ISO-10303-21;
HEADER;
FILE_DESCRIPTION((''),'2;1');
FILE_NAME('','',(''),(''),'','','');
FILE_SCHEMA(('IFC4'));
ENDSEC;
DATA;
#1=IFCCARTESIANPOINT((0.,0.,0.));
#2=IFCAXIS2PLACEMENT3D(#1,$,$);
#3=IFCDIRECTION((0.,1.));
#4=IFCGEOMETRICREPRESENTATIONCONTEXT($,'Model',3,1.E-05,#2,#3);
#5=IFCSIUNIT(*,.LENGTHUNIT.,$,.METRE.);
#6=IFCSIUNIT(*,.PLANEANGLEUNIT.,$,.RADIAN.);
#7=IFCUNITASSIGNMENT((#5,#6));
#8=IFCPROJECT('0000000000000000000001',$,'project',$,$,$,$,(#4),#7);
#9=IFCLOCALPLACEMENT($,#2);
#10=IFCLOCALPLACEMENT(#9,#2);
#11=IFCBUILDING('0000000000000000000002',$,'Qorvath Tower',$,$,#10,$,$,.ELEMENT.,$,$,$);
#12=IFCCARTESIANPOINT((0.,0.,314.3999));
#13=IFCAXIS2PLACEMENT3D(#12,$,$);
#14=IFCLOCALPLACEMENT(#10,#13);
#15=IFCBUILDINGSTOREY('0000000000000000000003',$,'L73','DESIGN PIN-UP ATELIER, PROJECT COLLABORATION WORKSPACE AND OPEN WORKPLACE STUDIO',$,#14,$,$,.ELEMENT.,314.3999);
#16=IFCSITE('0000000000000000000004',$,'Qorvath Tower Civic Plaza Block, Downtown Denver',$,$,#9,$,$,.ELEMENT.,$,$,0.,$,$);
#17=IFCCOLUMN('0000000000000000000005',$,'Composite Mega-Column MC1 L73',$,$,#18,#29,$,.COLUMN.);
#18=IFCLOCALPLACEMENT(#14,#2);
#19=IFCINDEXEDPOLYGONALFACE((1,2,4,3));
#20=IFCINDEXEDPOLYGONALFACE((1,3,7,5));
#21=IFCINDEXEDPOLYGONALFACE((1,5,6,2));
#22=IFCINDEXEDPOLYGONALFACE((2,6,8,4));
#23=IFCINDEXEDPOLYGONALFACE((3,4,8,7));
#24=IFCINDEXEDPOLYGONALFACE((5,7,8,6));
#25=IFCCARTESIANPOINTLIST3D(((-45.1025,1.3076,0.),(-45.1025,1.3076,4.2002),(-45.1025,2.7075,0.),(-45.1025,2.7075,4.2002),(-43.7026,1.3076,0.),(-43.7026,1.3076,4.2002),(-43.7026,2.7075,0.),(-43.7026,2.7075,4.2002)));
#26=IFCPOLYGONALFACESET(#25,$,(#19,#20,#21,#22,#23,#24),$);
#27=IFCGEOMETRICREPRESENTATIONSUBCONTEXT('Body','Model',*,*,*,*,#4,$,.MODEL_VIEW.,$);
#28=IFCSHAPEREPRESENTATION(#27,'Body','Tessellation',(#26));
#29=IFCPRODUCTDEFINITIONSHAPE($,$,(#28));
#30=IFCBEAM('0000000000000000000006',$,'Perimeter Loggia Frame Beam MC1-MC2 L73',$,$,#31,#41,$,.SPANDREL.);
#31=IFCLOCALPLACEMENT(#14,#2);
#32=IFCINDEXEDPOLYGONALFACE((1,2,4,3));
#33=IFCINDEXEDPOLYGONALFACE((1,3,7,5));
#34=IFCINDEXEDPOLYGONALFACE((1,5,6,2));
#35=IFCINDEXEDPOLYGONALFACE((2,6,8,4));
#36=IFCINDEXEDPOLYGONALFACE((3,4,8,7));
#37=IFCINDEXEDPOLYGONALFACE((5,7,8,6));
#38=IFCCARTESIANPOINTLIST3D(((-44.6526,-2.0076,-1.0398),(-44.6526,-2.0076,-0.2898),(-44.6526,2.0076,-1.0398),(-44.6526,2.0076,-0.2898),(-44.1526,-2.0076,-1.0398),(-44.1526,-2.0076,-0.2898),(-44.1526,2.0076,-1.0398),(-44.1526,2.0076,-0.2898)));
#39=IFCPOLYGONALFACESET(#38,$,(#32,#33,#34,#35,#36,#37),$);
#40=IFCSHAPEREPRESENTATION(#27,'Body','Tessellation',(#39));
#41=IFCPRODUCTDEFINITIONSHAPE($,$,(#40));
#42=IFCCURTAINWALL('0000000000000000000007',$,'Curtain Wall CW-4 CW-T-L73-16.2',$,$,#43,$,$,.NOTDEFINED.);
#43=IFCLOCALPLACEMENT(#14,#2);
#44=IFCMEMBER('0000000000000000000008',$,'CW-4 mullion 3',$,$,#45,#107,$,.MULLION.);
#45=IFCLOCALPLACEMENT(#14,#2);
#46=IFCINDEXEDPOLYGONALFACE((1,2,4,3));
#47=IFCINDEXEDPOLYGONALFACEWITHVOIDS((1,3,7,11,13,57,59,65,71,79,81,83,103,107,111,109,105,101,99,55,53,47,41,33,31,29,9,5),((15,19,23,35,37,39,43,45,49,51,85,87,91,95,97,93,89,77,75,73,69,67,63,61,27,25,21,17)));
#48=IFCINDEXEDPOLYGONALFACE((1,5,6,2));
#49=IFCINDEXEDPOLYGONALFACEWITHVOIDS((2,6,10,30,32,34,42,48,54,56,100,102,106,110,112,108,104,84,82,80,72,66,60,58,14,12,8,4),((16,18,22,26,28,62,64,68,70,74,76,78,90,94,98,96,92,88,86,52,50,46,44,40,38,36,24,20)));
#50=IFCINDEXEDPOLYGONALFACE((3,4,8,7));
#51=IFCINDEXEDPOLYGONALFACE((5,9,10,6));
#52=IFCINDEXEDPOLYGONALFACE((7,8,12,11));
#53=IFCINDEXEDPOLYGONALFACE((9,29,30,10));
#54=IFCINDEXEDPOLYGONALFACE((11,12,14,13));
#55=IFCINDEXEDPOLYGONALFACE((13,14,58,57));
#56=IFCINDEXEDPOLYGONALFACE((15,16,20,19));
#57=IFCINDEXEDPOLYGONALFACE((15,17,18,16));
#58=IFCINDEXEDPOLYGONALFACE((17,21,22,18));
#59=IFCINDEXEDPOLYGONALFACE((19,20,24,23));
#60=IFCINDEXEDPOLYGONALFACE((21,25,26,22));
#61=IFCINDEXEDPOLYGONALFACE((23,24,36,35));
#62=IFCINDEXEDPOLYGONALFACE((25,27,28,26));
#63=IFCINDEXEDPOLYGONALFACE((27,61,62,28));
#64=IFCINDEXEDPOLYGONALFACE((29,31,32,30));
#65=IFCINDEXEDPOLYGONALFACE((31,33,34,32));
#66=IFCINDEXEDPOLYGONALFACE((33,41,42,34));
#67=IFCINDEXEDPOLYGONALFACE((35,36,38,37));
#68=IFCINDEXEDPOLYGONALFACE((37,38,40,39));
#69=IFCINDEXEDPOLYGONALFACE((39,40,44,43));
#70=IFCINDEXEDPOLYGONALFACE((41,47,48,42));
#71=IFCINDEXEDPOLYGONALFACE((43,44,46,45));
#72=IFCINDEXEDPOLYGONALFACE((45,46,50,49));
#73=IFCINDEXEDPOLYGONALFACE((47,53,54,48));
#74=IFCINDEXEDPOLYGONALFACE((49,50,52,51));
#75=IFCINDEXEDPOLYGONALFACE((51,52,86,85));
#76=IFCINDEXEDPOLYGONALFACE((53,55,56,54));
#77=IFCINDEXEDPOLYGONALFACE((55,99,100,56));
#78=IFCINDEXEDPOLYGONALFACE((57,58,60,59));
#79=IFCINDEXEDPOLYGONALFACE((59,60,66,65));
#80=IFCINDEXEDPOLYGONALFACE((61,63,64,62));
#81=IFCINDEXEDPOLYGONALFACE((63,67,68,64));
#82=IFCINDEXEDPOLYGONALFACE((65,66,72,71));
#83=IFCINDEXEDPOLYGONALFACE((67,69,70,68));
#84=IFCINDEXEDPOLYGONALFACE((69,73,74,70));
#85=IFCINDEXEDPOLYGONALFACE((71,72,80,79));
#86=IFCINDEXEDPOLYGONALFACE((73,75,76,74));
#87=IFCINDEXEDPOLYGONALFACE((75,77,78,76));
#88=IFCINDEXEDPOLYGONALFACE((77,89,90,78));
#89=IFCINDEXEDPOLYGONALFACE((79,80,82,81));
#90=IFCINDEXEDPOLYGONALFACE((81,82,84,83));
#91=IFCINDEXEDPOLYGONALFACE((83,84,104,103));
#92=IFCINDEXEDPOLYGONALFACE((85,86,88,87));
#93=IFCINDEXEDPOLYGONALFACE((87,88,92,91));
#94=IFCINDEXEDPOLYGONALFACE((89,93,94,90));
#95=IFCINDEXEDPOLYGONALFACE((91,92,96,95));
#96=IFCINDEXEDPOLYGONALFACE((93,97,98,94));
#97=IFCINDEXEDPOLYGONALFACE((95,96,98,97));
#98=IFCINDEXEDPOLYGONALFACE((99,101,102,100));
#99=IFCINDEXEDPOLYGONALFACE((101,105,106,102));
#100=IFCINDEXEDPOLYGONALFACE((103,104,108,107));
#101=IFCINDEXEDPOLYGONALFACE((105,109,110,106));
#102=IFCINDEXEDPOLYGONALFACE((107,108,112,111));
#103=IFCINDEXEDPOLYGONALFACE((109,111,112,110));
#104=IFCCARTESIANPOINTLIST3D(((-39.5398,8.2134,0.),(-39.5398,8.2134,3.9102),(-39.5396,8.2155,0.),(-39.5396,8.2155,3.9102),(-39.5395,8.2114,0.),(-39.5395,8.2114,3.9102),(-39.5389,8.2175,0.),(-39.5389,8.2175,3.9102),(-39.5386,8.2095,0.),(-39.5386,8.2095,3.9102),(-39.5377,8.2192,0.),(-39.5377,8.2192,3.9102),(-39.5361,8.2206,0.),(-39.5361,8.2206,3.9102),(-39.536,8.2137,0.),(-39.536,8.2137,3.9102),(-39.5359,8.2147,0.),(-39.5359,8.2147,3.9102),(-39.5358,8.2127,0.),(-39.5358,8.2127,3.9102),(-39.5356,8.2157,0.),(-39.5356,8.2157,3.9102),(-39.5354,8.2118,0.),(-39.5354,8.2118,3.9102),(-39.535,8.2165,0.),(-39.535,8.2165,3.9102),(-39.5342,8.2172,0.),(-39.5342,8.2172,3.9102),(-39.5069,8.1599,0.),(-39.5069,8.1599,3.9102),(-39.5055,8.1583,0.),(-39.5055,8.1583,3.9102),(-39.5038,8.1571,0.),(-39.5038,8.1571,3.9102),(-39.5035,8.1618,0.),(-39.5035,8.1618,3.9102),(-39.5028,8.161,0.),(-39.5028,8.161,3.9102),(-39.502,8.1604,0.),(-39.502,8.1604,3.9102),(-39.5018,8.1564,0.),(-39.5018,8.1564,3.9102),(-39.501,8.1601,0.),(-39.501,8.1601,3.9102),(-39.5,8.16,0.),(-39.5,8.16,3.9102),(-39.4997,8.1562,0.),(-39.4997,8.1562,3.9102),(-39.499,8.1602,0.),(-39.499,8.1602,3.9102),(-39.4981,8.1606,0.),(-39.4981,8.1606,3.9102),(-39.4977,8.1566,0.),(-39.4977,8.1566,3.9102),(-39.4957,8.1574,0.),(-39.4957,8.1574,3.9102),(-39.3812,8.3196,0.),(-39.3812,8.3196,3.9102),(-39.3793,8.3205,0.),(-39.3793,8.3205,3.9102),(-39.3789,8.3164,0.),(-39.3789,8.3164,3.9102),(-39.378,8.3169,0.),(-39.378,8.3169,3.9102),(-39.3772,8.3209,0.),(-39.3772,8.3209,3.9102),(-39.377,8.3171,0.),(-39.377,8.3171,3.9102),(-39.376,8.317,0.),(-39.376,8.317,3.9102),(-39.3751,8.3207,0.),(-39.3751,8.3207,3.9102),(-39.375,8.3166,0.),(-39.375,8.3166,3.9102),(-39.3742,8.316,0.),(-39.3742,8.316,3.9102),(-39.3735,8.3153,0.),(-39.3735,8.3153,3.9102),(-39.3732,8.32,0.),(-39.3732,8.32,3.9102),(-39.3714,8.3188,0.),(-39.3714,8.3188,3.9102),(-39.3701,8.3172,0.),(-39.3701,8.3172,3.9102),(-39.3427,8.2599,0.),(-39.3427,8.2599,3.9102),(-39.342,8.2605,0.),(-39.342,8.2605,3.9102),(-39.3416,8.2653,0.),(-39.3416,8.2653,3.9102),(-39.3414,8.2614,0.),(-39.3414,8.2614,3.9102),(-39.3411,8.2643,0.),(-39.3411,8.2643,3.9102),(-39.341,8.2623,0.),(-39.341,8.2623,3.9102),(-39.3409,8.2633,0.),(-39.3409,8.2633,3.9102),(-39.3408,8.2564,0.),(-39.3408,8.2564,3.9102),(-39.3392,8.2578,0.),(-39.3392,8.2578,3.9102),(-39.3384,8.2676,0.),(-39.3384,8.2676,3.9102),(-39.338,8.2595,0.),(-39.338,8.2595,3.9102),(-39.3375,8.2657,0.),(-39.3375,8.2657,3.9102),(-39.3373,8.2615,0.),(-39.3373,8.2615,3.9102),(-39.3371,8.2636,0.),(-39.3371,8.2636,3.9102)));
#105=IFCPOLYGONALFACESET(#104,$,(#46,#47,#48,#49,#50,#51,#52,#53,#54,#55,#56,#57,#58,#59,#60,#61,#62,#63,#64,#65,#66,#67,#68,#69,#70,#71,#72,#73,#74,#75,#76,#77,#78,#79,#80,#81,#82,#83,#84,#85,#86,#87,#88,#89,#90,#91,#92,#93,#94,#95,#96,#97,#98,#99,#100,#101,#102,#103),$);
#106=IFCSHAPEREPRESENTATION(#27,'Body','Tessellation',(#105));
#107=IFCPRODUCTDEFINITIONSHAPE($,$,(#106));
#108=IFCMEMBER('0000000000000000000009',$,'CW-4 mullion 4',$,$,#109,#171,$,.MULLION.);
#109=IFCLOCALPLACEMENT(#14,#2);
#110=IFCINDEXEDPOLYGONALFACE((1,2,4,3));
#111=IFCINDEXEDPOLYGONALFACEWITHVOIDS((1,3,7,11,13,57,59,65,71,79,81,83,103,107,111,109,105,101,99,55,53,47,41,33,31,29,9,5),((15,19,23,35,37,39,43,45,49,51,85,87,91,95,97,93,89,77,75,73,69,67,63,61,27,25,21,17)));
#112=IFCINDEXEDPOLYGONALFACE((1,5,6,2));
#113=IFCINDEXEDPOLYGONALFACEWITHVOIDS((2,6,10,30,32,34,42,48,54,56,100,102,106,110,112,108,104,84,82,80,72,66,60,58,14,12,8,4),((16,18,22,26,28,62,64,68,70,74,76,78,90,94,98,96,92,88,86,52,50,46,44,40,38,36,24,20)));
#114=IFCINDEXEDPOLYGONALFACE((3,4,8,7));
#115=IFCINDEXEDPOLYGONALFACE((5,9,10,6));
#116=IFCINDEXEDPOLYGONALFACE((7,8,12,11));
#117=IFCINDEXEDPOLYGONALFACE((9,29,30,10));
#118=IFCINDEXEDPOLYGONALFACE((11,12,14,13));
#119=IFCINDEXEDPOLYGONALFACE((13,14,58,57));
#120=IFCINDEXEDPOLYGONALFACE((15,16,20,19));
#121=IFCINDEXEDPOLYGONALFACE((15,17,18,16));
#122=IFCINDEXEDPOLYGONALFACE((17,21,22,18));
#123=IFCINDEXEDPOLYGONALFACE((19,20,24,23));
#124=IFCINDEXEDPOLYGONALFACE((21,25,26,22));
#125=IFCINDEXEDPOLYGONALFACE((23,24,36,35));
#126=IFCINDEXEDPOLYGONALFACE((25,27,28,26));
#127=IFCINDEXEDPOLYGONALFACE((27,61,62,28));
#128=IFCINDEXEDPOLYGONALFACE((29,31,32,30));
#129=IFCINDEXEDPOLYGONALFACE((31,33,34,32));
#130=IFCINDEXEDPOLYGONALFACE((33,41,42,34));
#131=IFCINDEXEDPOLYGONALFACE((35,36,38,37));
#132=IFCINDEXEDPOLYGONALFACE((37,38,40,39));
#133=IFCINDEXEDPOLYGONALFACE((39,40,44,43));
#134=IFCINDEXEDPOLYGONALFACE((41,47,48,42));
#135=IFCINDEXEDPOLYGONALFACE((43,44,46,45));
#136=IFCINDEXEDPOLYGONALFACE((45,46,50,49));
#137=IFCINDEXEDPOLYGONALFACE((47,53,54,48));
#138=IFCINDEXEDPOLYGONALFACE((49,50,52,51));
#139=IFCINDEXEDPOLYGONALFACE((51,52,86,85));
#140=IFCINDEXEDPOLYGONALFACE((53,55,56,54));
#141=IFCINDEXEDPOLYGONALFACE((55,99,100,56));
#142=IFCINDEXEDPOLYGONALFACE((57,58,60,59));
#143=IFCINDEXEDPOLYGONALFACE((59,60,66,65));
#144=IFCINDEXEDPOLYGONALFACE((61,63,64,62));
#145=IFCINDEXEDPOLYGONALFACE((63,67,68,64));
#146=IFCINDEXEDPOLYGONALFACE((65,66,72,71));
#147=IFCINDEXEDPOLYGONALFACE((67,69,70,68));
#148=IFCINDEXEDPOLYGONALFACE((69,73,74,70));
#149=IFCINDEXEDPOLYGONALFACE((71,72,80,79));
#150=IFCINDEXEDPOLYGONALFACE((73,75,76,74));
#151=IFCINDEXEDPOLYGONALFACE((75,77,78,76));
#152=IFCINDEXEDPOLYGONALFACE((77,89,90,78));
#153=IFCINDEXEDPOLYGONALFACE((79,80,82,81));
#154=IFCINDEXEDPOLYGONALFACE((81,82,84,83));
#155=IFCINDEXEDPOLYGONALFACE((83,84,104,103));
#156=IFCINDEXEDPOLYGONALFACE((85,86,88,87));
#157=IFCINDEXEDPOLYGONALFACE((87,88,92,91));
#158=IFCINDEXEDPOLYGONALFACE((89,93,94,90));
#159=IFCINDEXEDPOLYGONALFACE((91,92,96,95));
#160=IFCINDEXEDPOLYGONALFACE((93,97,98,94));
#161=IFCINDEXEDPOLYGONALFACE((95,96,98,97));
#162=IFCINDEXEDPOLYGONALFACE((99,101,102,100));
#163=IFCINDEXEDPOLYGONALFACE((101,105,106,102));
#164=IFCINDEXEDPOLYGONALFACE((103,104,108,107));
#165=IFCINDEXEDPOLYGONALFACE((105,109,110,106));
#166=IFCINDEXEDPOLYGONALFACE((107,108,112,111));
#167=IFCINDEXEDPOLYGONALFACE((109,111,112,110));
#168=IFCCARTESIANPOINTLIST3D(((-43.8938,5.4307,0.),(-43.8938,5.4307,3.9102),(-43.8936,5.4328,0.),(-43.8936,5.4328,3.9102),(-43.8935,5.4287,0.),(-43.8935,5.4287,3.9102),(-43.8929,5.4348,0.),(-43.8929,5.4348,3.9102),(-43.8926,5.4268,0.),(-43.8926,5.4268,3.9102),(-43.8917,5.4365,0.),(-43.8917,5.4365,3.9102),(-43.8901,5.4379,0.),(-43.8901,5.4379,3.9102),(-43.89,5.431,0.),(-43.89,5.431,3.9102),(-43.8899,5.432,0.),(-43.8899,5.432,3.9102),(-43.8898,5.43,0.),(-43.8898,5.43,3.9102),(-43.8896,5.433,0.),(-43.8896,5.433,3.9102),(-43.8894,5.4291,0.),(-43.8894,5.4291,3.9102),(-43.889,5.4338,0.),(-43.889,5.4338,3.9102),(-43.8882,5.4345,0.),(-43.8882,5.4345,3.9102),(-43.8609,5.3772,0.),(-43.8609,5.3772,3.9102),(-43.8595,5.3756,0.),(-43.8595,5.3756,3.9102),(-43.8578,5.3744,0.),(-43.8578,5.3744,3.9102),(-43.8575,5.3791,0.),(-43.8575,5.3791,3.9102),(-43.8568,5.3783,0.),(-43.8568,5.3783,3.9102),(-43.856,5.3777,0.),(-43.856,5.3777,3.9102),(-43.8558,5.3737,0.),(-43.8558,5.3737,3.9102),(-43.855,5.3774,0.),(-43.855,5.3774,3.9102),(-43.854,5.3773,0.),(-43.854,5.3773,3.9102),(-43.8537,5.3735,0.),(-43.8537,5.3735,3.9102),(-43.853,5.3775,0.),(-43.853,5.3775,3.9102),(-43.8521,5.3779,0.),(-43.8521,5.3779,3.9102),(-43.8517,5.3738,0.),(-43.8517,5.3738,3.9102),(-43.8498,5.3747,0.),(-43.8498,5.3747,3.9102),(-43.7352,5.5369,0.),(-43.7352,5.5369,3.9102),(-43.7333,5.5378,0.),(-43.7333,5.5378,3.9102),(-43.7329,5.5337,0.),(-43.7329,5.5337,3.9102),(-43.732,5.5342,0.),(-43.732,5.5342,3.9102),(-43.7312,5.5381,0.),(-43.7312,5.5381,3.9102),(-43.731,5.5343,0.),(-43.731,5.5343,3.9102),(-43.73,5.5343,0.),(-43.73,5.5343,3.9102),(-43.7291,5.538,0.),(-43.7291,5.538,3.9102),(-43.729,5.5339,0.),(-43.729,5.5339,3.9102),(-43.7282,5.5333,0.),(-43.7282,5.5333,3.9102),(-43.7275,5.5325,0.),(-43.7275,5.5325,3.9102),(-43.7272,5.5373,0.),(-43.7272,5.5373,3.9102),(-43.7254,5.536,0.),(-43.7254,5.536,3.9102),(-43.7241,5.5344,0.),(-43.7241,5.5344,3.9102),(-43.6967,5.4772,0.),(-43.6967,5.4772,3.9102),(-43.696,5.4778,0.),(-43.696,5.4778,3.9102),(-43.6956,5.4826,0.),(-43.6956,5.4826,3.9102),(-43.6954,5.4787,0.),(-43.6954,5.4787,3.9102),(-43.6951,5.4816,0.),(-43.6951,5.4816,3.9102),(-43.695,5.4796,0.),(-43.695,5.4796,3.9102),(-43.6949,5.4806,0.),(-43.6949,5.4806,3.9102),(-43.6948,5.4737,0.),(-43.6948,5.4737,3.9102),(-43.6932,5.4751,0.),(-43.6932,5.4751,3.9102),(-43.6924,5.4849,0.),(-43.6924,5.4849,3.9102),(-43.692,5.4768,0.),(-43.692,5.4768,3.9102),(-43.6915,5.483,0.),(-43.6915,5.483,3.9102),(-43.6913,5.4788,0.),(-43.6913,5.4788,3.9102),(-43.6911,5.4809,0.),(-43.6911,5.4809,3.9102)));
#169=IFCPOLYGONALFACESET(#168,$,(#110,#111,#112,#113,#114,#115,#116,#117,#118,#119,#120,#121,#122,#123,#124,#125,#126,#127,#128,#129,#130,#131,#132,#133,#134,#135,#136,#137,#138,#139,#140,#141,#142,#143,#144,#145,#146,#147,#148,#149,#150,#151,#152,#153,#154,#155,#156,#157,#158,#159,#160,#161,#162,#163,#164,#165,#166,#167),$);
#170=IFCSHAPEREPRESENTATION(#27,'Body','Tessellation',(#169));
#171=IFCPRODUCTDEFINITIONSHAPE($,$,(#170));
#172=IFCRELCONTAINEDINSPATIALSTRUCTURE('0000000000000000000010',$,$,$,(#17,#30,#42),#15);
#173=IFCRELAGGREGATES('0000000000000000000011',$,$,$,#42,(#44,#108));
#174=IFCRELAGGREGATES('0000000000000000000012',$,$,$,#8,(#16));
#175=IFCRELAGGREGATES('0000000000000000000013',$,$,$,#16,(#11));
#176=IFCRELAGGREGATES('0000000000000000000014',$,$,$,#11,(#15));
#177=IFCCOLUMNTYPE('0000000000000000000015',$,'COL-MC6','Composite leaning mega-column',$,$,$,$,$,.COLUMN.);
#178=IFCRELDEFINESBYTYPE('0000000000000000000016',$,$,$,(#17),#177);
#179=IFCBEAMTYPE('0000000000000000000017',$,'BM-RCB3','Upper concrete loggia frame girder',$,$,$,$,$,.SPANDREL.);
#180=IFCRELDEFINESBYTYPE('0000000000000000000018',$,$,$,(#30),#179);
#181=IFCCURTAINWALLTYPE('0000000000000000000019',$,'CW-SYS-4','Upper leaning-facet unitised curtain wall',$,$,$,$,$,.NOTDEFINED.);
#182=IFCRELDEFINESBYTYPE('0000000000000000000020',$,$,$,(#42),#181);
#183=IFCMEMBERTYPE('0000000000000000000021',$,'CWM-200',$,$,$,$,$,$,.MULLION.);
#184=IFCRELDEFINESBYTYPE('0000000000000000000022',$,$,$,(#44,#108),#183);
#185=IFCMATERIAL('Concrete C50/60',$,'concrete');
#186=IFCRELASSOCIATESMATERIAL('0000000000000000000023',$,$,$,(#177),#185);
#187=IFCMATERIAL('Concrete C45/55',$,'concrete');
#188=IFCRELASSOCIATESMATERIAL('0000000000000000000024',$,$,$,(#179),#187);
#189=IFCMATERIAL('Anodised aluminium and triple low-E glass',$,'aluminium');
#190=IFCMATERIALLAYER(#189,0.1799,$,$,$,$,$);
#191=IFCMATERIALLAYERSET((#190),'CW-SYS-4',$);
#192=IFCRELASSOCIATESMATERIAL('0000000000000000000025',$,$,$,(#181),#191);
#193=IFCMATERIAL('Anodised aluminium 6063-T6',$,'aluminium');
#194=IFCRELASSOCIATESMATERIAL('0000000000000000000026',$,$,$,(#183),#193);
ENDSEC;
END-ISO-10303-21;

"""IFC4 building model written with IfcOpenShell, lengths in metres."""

from ifc_helpers import new_model, si_unit, direction, frame, origin, origin_2d, place, context, subcontext, project, spatial, rectangle, hollow_rectangle, extrude, material, layer, layer_set, material_profile, profile_set, type_object, element, aggregate, save


model = new_model("IFC4")

# Units and contexts
model_context = context("Model", 3, precision=1e-05, world=origin(), true_north=direction((0.0, 1.0)))
body_context = subcontext(model_context, "Body", "Model", "MODEL_VIEW")
ifc_project = project(units=[si_unit("LENGTHUNIT", "METRE"), si_unit("PLANEANGLEUNIT", "RADIAN")], contexts=[model_context])

# Site, building, storey
site_placement = place(None, origin())
site = spatial("IfcSite", under=ifc_project, at=site_placement, Name="Qorvath Tower Civic Plaza Block, Downtown Denver", CompositionType="ELEMENT", RefElevation=0.0)
building_placement = place(site_placement, origin())
building = spatial("IfcBuilding", under=site, at=building_placement, Name="Qorvath Tower", CompositionType="ELEMENT")
storey_placement = place(building_placement, frame((0.0, 0.0, 314.3999)))
storey = spatial("IfcBuildingStorey", under=building, at=storey_placement, Name="L73", Description="DESIGN PIN-UP ATELIER, PROJECT COLLABORATION WORKSPACE AND OPEN WORKPLACE STUDIO", CompositionType="ELEMENT", Elevation=314.3999)

# Column
ifc_material_1 = material(Name="Concrete C50/60", Category="concrete")
ifc_material_profile_1 = material_profile(ifc_material_1, rectangle(XDim=1.3999, YDim=1.3999, at=origin_2d()), Name="MC 1400x1400")
ifc_profile_set_1 = profile_set([ifc_material_profile_1], Name="Concrete C50/60")
column_type = type_object("IfcColumnType", Name="COL-MC6", Description="Composite leaning mega-column", PredefinedType="COLUMN", material=ifc_profile_set_1)
column_placement = place(storey_placement, frame((-44.4026, 2.0076, 0.0), z_axis=(0.0, 0.0, 1.0), x_axis=(1.0, 0.0, 0.0)))
element("IfcColumn", 1, at=column_placement, inside=storey, type_object=column_type, Name="Composite Mega-Column MC1 L73", PredefinedType="COLUMN", context=body_context, shape_type="SweptSolid", body=[
    extrude(rectangle(XDim=1.3999, YDim=1.3999, at=origin_2d()), origin(), (0.0, 0.0, 1.0), 4.2002),
])

# Beam
ifc_material_2 = material(Name="Concrete C45/55", Category="concrete")
ifc_material_profile_2 = material_profile(ifc_material_2, rectangle(XDim=0.5, YDim=0.75, at=origin_2d()), Name="RCB 750x500")
ifc_profile_set_2 = profile_set([ifc_material_profile_2], Name="Concrete C45/55")
beam_type = type_object("IfcBeamType", Name="BM-RCB3", Description="Upper concrete loggia frame girder", PredefinedType="SPANDREL", material=ifc_profile_set_2)
beam_placement = place(storey_placement, frame((-44.4026, 2.0076, -0.6648), z_axis=(0.0, -1.0, 0.0), x_axis=(1.0, 0.0, 0.0)))
element("IfcBeam", 2, at=beam_placement, inside=storey, type_object=beam_type, Name="Perimeter Loggia Frame Beam MC1-MC2 L73", PredefinedType="SPANDREL", context=body_context, shape_type="SweptSolid", body=[
    extrude(rectangle(XDim=0.5, YDim=0.75, at=origin_2d()), origin(), (0.0, 0.0, 1.0), 4.0151),
])

# Curtain wall, members
ifc_material_3 = material(Name="Anodised aluminium and triple low-E glass", Category="aluminium")
ifc_layer_1 = layer(ifc_material_3, 0.1799)
ifc_layer_set_1 = layer_set([ifc_layer_1], Name="CW-SYS-4")
curtain_wall_type = type_object("IfcCurtainWallType", Name="CW-SYS-4", Description="Upper leaning-facet unitised curtain wall", PredefinedType="NOTDEFINED", material=ifc_layer_set_1)
curtain_wall_placement = place(storey_placement, origin())
curtain_wall = element("IfcCurtainWall", 3, at=curtain_wall_placement, inside=storey, type_object=curtain_wall_type, Name="Curtain Wall CW-4 CW-T-L73-16.2", PredefinedType="NOTDEFINED")
ifc_material_4 = material(Name="Anodised aluminium 6063-T6", Category="aluminium")
ifc_material_profile_3 = material_profile(ifc_material_4, hollow_rectangle(XDim=0.075, YDim=0.2, WallThickness=0.0039, InnerFilletRadius=0.0039, OuterFilletRadius=0.0081, at=origin_2d()), Name="CWM 200x75")
ifc_profile_set_3 = profile_set([ifc_material_profile_3], Name="Anodised aluminium 6063-T6")
member_type_1 = type_object("IfcMemberType", Name="CWM-200", PredefinedType="MULLION", material=ifc_profile_set_3)
member_1_placement = place(storey_placement, frame((-39.4385, 8.2385, 0.0), z_axis=(0.0, 0.0, 1.0), x_axis=(0.53853, -0.842606, 0.0)))
member_1 = element("IfcMember", 4, at=member_1_placement, type_object=member_type_1, Name="CW-4 mullion 3", PredefinedType="MULLION", context=body_context, shape_type="SweptSolid", body=[
    extrude(hollow_rectangle(XDim=0.075, YDim=0.2, WallThickness=0.0039, InnerFilletRadius=0.0039, OuterFilletRadius=0.0081, at=origin_2d()), origin(), (0.0, 0.0, 1.0), 3.9102),
])
member_2_placement = place(storey_placement, frame((-43.7925, 5.4558, 0.0), z_axis=(0.0, 0.0, 1.0), x_axis=(0.53853, -0.842606, 0.0)))
member_2 = element("IfcMember", 5, at=member_2_placement, type_object=member_type_1, Name="CW-4 mullion 4", PredefinedType="MULLION", context=body_context, shape_type="SweptSolid", body=[
    extrude(hollow_rectangle(XDim=0.075, YDim=0.2, WallThickness=0.0039, InnerFilletRadius=0.0039, OuterFilletRadius=0.0081, at=origin_2d()), origin(), (0.0, 0.0, 1.0), 3.9102),
])

aggregate(curtain_wall, [member_1, member_2])

save(model, "model.ifc")
